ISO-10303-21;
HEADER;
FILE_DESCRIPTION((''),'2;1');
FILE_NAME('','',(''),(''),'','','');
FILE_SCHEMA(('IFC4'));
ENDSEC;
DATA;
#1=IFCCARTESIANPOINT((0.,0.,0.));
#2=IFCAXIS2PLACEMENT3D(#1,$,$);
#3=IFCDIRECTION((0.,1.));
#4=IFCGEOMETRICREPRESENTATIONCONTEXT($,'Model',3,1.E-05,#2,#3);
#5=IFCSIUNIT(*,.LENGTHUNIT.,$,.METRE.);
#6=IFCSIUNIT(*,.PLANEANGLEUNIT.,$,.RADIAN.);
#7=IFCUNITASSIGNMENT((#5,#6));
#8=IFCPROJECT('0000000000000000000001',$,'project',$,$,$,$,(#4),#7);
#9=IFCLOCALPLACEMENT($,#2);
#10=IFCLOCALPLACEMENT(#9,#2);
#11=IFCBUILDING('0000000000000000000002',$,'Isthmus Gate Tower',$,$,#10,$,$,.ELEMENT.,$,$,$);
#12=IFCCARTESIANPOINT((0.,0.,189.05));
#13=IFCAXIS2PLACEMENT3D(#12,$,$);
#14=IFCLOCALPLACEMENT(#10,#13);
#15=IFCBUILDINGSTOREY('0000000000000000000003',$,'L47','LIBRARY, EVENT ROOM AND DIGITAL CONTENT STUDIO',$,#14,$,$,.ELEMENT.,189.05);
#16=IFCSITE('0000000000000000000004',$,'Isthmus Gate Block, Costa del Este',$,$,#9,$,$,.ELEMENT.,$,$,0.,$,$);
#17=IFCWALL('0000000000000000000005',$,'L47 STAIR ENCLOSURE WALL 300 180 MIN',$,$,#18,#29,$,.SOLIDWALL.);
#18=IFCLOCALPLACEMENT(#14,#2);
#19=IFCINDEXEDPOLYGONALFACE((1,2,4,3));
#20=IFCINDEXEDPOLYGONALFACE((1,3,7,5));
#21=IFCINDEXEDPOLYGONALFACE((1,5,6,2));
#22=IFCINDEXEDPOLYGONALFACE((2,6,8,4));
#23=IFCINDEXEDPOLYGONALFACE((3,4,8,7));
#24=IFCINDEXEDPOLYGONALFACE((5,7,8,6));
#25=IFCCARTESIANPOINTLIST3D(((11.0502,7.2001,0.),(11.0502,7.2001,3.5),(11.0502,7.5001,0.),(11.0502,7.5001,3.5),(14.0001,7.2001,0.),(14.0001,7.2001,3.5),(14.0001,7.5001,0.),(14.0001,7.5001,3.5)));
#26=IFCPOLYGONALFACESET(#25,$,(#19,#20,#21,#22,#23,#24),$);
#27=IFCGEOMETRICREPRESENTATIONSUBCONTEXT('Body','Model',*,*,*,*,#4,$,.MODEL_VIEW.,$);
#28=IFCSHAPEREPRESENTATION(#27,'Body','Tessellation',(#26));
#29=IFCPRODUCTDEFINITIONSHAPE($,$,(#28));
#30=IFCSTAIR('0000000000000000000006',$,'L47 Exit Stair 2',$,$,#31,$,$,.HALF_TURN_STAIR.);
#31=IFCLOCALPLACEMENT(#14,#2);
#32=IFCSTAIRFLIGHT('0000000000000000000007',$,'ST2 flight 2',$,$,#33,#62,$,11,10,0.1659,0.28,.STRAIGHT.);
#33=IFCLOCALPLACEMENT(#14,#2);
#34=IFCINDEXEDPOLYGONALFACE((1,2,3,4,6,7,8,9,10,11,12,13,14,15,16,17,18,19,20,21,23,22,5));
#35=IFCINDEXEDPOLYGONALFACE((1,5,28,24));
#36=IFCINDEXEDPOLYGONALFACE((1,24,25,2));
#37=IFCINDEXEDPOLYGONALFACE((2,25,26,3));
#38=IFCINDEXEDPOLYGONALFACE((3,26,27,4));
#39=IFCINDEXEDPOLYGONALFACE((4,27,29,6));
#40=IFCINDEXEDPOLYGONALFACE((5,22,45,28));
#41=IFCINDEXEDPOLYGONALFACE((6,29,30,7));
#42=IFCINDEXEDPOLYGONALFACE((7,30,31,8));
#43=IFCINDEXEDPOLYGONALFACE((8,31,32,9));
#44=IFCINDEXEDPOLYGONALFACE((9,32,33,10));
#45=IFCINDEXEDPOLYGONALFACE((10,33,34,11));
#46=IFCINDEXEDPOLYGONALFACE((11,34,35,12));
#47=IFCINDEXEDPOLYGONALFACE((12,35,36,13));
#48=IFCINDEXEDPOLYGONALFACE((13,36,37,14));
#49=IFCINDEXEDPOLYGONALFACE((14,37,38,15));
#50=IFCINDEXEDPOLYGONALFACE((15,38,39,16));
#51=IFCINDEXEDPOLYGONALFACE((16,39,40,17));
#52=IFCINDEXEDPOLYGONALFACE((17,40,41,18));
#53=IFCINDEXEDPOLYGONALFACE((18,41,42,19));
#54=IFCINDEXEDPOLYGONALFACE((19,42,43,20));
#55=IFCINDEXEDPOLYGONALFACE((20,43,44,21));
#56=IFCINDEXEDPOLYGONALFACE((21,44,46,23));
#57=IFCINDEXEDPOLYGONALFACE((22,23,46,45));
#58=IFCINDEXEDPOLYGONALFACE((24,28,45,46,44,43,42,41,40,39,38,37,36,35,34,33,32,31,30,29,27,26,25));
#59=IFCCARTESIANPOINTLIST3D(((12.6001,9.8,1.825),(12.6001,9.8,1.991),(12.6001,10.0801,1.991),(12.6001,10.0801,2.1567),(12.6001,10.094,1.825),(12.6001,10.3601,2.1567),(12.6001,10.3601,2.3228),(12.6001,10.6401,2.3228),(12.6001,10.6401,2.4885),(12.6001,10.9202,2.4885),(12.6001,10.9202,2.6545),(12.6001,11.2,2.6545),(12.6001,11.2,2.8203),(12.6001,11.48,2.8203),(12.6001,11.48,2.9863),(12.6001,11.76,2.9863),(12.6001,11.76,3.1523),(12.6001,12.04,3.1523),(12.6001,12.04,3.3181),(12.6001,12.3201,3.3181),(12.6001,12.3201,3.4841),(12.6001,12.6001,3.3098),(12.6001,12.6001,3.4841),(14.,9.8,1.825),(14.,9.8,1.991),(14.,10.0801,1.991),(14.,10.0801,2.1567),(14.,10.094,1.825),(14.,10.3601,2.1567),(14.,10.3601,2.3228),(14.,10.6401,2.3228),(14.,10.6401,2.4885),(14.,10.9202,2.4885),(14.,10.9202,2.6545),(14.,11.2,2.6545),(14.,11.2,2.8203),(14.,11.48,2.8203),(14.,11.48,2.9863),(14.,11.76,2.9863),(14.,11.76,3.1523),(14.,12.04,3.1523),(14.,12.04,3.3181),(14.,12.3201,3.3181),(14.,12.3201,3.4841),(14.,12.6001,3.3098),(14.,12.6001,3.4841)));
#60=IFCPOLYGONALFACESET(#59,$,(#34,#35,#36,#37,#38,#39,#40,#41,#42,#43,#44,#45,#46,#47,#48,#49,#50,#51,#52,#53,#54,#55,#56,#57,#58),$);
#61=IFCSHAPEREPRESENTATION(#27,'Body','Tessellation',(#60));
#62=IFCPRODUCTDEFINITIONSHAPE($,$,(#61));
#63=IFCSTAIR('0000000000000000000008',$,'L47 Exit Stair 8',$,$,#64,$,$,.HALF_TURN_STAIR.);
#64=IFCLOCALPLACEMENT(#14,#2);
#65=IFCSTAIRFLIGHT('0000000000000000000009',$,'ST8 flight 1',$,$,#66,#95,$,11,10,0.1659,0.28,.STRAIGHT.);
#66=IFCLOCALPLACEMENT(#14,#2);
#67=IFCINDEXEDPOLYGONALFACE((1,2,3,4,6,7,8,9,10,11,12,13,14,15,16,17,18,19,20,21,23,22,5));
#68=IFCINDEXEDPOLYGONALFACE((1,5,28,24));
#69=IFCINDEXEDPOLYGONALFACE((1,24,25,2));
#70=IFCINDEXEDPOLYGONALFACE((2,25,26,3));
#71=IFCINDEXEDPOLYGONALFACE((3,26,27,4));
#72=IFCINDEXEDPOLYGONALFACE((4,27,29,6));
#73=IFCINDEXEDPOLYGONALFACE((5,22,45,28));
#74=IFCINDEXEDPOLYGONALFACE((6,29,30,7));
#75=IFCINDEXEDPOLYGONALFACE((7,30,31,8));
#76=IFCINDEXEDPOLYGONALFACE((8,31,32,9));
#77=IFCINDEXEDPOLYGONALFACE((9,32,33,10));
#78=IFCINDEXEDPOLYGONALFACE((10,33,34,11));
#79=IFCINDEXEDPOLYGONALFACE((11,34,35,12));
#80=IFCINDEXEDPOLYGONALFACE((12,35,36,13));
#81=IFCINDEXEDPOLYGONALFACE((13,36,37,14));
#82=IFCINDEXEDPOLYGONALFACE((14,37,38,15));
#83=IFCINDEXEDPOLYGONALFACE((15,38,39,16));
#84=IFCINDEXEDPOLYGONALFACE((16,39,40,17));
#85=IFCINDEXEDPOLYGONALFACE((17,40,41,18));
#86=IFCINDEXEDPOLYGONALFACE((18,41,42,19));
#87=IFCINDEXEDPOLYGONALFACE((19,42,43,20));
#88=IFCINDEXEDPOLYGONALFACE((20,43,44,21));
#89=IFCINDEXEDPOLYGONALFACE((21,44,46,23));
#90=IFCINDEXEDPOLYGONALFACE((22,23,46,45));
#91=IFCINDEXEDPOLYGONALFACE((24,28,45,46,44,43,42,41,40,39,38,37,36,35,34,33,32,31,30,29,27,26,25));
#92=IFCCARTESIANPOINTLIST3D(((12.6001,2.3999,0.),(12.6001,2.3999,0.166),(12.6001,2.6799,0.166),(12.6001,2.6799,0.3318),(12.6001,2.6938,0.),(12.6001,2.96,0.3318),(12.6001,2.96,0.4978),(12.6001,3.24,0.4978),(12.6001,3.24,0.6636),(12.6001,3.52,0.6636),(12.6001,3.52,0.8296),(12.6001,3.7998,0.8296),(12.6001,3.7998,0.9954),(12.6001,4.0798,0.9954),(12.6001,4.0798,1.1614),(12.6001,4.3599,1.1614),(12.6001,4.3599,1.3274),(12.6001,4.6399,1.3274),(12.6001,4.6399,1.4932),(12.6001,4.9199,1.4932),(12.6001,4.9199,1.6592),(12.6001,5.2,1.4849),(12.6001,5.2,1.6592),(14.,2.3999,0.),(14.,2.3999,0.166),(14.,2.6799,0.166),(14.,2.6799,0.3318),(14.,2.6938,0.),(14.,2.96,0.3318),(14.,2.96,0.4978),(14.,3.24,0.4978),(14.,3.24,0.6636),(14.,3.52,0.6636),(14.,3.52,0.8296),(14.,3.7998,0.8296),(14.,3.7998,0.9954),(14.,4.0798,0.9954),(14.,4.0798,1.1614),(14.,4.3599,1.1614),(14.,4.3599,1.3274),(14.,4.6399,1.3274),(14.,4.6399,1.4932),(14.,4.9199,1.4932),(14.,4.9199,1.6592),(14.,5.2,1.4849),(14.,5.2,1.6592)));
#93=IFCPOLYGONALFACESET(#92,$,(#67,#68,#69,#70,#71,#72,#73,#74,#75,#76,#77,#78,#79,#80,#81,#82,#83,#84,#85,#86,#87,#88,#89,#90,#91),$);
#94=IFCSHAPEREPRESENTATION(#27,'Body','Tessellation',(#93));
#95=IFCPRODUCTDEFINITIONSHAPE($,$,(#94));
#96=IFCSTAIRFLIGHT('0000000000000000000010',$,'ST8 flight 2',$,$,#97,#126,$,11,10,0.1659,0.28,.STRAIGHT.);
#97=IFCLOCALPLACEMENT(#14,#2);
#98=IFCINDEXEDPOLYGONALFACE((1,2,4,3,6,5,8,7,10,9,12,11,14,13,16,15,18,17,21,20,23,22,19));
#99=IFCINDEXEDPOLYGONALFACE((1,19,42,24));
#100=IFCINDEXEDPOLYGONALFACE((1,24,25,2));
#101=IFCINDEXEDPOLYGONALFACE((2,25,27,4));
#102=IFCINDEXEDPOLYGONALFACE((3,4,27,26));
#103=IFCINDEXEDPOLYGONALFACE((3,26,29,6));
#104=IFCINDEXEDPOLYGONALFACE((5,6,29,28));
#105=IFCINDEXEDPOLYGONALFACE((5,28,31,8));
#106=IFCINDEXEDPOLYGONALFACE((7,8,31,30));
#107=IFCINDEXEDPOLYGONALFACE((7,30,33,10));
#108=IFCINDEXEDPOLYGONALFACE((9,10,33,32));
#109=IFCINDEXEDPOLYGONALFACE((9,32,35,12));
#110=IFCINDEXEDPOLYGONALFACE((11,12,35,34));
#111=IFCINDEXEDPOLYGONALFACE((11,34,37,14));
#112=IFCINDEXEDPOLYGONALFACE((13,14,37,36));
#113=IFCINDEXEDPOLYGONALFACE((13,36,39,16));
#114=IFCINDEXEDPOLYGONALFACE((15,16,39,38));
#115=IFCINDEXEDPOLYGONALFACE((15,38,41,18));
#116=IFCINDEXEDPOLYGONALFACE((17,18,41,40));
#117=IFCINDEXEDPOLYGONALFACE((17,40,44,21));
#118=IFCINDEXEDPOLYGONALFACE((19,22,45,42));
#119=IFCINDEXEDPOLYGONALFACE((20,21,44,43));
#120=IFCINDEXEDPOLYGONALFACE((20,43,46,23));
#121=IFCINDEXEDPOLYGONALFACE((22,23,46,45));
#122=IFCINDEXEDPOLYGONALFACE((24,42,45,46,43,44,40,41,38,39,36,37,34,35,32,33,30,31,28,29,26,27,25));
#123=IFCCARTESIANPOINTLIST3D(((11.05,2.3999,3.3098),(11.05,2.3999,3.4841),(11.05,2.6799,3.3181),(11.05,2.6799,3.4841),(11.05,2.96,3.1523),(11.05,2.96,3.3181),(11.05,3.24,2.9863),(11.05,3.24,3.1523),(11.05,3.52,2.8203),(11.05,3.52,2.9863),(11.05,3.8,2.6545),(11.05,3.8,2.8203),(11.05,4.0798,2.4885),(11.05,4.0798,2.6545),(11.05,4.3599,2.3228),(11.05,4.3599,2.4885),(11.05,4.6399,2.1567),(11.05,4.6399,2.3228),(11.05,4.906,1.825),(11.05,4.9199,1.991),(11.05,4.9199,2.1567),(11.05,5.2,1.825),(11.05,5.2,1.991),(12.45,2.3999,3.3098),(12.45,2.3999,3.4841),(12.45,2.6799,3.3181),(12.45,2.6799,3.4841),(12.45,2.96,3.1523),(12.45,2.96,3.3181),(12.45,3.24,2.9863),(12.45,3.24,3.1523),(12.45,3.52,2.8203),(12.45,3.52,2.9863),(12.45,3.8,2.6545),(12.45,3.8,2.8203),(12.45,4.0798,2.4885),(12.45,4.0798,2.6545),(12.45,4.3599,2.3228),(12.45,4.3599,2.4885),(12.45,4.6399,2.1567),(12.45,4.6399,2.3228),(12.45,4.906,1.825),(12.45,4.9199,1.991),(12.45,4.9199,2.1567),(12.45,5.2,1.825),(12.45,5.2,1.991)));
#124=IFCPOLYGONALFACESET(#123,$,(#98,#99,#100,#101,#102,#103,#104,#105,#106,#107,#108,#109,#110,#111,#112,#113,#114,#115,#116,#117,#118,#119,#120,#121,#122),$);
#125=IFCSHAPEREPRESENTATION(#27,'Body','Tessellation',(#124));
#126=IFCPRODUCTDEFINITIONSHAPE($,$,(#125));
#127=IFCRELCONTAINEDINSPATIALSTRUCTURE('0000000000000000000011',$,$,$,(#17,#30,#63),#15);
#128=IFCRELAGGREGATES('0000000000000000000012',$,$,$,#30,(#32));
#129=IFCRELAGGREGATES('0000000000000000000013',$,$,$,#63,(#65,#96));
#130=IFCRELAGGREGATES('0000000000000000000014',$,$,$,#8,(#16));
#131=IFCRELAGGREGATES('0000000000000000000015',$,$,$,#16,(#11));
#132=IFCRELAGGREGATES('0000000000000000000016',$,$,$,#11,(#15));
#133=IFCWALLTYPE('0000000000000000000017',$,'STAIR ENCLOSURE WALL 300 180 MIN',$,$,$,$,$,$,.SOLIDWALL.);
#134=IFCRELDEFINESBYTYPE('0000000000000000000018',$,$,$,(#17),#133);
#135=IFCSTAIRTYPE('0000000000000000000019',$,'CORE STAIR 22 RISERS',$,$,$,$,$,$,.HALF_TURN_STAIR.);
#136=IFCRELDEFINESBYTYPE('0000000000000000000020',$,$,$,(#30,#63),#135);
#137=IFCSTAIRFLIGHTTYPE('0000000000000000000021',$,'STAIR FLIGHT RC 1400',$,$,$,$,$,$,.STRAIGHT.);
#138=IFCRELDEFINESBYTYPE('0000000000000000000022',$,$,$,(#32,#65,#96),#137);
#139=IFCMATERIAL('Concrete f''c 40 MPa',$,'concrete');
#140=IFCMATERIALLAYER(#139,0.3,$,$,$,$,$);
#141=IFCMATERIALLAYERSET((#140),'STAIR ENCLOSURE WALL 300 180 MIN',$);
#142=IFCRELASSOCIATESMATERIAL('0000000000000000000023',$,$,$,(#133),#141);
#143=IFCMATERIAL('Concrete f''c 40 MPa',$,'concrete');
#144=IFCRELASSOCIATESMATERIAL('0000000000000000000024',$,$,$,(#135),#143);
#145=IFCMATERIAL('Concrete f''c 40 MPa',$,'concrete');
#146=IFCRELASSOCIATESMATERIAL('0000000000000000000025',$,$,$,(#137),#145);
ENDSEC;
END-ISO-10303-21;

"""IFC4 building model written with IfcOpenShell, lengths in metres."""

from ifc_helpers import new_model, si_unit, direction, frame, frame_2d, origin, place, context, subcontext, project, spatial, polyline, rectangle, outline, extrude, material, layer, layer_set, type_object, element, aggregate, save


model = new_model("IFC4")

# Units and contexts
model_context = context("Model", 3, precision=1e-05, world=origin(), true_north=direction((0.0, 1.0)))
body_context = subcontext(model_context, "Body", "Model", "MODEL_VIEW")
ifc_project = project(units=[si_unit("LENGTHUNIT", "METRE"), si_unit("PLANEANGLEUNIT", "RADIAN")], contexts=[model_context])

# Site, building, storey
site_placement = place(None, origin())
site = spatial("IfcSite", under=ifc_project, at=site_placement, Name="Isthmus Gate Block, Costa del Este", CompositionType="ELEMENT", RefElevation=0.0)
building_placement = place(site_placement, origin())
building = spatial("IfcBuilding", under=site, at=building_placement, Name="Isthmus Gate Tower", CompositionType="ELEMENT")
storey_placement = place(building_placement, frame((0.0, 0.0, 189.05)))
storey = spatial("IfcBuildingStorey", under=building, at=storey_placement, Name="L47", Description="LIBRARY, EVENT ROOM AND DIGITAL CONTENT STUDIO", CompositionType="ELEMENT", Elevation=189.05)

# Wall
ifc_material_1 = material(Name="Concrete f'c 40 MPa", Category="concrete")
ifc_layer_1 = layer(ifc_material_1, 0.3)
ifc_layer_set_1 = layer_set([ifc_layer_1], Name="STAIR ENCLOSURE WALL 300 180 MIN")
wall_type_1 = type_object("IfcWallType", Name="STAIR ENCLOSURE WALL 300 180 MIN", PredefinedType="SOLIDWALL", material=ifc_layer_set_1)
wall_1_placement = place(storey_placement, frame((11.05, 7.3501, 0.0), z_axis=(0.0, 0.0, 1.0), x_axis=(1.0, 0.0, 0.0)))
element("IfcWall", 1, at=wall_1_placement, inside=storey, type_object=wall_type_1, Name="L47 STAIR ENCLOSURE WALL 300 180 MIN", PredefinedType="SOLIDWALL", context=body_context, shape_type="SweptSolid", body=[
    extrude(rectangle(XDim=2.95, YDim=0.3, at=frame_2d((1.4751, 0.0))), origin(), (0.0, 0.0, 1.0), 3.5),
])

# Stair, stair flight
ifc_material_2 = material(Name="Concrete f'c 40 MPa", Category="concrete")
stair_type = type_object("IfcStairType", Name="CORE STAIR 22 RISERS", PredefinedType="HALF_TURN_STAIR", material=ifc_material_2)
stair_1_placement = place(storey_placement, origin())
stair_1 = element("IfcStair", 2, at=stair_1_placement, inside=storey, type_object=stair_type, Name="L47 Exit Stair 2", PredefinedType="HALF_TURN_STAIR")
ifc_material_3 = material(Name="Concrete f'c 40 MPa", Category="concrete")
stair_flight_type = type_object("IfcStairFlightType", Name="STAIR FLIGHT RC 1400", PredefinedType="STRAIGHT", material=ifc_material_3)
stair_flight_1_placement = place(storey_placement, frame((13.3, 9.8, 1.825), z_axis=(0.0, 0.0, 1.0), x_axis=(0.0, 1.0, 0.0)))
stair_flight_1 = element("IfcStairFlight", 3, at=stair_flight_1_placement, type_object=stair_flight_type, Name="ST2 flight 2", NumberOfRisers=11, NumberOfTreads=10, PredefinedType="STRAIGHT", RiserHeight=0.1659, TreadLength=0.28, context=body_context, shape_type="SweptSolid", body=[
    extrude(outline(polyline([(0.0, 0.0), (0.0, 0.166), (0.28, 0.166), (0.28, 0.3318), (0.5601, 0.3318), (0.5601, 0.4978), (0.8401, 0.4978), (0.8401, 0.6636), (1.1201, 0.6636), (1.1201, 0.8296), (1.3999, 0.8296), (1.3999, 0.9954), (1.6799, 0.9954), (1.6799, 1.1614), (1.96, 1.1614), (1.96, 1.3274), (2.24, 1.3274), (2.24, 1.4932), (2.52, 1.4932), (2.52, 1.6592), (2.8, 1.6592), (2.8, 1.825), (2.8, 1.4849), (0.2939, 0.0), (0.0, 0.0)])), frame((0.0, 0.7, 0.0), z_axis=(0.0, -1.0, 0.0), x_axis=(1.0, 0.0, 0.0)), (0.0, 0.0, 1.0), 1.3999),
])
aggregate(stair_1, [stair_flight_1])

# Stair, stair flights
stair_2_placement = place(storey_placement, origin())
stair_2 = element("IfcStair", 4, at=stair_2_placement, inside=storey, type_object=stair_type, Name="L47 Exit Stair 8", PredefinedType="HALF_TURN_STAIR")
stair_flight_2_placement = place(storey_placement, frame((13.3, 2.3999, 0.0), z_axis=(0.0, 0.0, 1.0), x_axis=(0.0, 1.0, 0.0)))
stair_flight_2 = element("IfcStairFlight", 5, at=stair_flight_2_placement, type_object=stair_flight_type, Name="ST8 flight 1", NumberOfRisers=11, NumberOfTreads=10, PredefinedType="STRAIGHT", RiserHeight=0.1659, TreadLength=0.28, context=body_context, shape_type="SweptSolid", body=[
    extrude(outline(polyline([(0.0, 0.0), (0.0, 0.166), (0.28, 0.166), (0.28, 0.3318), (0.5601, 0.3318), (0.5601, 0.4978), (0.8401, 0.4978), (0.8401, 0.6636), (1.1201, 0.6636), (1.1201, 0.8296), (1.3999, 0.8296), (1.3999, 0.9954), (1.6799, 0.9954), (1.6799, 1.1614), (1.96, 1.1614), (1.96, 1.3274), (2.24, 1.3274), (2.24, 1.4932), (2.52, 1.4932), (2.52, 1.6592), (2.8, 1.6592), (2.8, 1.825), (2.8, 1.4849), (0.2939, 0.0), (0.0, 0.0)])), frame((0.0, 0.7, 0.0), z_axis=(0.0, -1.0, 0.0), x_axis=(1.0, 0.0, 0.0)), (0.0, 0.0, 1.0), 1.3999),
])
stair_flight_3_placement = place(storey_placement, frame((11.75, 5.2, 1.825), z_axis=(0.0, 0.0, 1.0), x_axis=(0.0, -1.0, 0.0)))
stair_flight_3 = element("IfcStairFlight", 6, at=stair_flight_3_placement, type_object=stair_flight_type, Name="ST8 flight 2", NumberOfRisers=11, NumberOfTreads=10, PredefinedType="STRAIGHT", RiserHeight=0.1659, TreadLength=0.28, context=body_context, shape_type="SweptSolid", body=[
    extrude(outline(polyline([(0.0, 0.0), (0.0, 0.166), (0.28, 0.166), (0.28, 0.3318), (0.5601, 0.3318), (0.5601, 0.4978), (0.8401, 0.4978), (0.8401, 0.6636), (1.1201, 0.6636), (1.1201, 0.8296), (1.3999, 0.8296), (1.3999, 0.9954), (1.6799, 0.9954), (1.6799, 1.1614), (1.96, 1.1614), (1.96, 1.3274), (2.24, 1.3274), (2.24, 1.4932), (2.52, 1.4932), (2.52, 1.6592), (2.8, 1.6592), (2.8, 1.825), (2.8, 1.4849), (0.2939, 0.0), (0.0, 0.0)])), frame((0.0, 0.7, 0.0), z_axis=(0.0, -1.0, 0.0), x_axis=(1.0, 0.0, 0.0)), (0.0, 0.0, 1.0), 1.3999),
])
aggregate(stair_2, [stair_flight_2, stair_flight_3])

save(model, "model.ifc")
